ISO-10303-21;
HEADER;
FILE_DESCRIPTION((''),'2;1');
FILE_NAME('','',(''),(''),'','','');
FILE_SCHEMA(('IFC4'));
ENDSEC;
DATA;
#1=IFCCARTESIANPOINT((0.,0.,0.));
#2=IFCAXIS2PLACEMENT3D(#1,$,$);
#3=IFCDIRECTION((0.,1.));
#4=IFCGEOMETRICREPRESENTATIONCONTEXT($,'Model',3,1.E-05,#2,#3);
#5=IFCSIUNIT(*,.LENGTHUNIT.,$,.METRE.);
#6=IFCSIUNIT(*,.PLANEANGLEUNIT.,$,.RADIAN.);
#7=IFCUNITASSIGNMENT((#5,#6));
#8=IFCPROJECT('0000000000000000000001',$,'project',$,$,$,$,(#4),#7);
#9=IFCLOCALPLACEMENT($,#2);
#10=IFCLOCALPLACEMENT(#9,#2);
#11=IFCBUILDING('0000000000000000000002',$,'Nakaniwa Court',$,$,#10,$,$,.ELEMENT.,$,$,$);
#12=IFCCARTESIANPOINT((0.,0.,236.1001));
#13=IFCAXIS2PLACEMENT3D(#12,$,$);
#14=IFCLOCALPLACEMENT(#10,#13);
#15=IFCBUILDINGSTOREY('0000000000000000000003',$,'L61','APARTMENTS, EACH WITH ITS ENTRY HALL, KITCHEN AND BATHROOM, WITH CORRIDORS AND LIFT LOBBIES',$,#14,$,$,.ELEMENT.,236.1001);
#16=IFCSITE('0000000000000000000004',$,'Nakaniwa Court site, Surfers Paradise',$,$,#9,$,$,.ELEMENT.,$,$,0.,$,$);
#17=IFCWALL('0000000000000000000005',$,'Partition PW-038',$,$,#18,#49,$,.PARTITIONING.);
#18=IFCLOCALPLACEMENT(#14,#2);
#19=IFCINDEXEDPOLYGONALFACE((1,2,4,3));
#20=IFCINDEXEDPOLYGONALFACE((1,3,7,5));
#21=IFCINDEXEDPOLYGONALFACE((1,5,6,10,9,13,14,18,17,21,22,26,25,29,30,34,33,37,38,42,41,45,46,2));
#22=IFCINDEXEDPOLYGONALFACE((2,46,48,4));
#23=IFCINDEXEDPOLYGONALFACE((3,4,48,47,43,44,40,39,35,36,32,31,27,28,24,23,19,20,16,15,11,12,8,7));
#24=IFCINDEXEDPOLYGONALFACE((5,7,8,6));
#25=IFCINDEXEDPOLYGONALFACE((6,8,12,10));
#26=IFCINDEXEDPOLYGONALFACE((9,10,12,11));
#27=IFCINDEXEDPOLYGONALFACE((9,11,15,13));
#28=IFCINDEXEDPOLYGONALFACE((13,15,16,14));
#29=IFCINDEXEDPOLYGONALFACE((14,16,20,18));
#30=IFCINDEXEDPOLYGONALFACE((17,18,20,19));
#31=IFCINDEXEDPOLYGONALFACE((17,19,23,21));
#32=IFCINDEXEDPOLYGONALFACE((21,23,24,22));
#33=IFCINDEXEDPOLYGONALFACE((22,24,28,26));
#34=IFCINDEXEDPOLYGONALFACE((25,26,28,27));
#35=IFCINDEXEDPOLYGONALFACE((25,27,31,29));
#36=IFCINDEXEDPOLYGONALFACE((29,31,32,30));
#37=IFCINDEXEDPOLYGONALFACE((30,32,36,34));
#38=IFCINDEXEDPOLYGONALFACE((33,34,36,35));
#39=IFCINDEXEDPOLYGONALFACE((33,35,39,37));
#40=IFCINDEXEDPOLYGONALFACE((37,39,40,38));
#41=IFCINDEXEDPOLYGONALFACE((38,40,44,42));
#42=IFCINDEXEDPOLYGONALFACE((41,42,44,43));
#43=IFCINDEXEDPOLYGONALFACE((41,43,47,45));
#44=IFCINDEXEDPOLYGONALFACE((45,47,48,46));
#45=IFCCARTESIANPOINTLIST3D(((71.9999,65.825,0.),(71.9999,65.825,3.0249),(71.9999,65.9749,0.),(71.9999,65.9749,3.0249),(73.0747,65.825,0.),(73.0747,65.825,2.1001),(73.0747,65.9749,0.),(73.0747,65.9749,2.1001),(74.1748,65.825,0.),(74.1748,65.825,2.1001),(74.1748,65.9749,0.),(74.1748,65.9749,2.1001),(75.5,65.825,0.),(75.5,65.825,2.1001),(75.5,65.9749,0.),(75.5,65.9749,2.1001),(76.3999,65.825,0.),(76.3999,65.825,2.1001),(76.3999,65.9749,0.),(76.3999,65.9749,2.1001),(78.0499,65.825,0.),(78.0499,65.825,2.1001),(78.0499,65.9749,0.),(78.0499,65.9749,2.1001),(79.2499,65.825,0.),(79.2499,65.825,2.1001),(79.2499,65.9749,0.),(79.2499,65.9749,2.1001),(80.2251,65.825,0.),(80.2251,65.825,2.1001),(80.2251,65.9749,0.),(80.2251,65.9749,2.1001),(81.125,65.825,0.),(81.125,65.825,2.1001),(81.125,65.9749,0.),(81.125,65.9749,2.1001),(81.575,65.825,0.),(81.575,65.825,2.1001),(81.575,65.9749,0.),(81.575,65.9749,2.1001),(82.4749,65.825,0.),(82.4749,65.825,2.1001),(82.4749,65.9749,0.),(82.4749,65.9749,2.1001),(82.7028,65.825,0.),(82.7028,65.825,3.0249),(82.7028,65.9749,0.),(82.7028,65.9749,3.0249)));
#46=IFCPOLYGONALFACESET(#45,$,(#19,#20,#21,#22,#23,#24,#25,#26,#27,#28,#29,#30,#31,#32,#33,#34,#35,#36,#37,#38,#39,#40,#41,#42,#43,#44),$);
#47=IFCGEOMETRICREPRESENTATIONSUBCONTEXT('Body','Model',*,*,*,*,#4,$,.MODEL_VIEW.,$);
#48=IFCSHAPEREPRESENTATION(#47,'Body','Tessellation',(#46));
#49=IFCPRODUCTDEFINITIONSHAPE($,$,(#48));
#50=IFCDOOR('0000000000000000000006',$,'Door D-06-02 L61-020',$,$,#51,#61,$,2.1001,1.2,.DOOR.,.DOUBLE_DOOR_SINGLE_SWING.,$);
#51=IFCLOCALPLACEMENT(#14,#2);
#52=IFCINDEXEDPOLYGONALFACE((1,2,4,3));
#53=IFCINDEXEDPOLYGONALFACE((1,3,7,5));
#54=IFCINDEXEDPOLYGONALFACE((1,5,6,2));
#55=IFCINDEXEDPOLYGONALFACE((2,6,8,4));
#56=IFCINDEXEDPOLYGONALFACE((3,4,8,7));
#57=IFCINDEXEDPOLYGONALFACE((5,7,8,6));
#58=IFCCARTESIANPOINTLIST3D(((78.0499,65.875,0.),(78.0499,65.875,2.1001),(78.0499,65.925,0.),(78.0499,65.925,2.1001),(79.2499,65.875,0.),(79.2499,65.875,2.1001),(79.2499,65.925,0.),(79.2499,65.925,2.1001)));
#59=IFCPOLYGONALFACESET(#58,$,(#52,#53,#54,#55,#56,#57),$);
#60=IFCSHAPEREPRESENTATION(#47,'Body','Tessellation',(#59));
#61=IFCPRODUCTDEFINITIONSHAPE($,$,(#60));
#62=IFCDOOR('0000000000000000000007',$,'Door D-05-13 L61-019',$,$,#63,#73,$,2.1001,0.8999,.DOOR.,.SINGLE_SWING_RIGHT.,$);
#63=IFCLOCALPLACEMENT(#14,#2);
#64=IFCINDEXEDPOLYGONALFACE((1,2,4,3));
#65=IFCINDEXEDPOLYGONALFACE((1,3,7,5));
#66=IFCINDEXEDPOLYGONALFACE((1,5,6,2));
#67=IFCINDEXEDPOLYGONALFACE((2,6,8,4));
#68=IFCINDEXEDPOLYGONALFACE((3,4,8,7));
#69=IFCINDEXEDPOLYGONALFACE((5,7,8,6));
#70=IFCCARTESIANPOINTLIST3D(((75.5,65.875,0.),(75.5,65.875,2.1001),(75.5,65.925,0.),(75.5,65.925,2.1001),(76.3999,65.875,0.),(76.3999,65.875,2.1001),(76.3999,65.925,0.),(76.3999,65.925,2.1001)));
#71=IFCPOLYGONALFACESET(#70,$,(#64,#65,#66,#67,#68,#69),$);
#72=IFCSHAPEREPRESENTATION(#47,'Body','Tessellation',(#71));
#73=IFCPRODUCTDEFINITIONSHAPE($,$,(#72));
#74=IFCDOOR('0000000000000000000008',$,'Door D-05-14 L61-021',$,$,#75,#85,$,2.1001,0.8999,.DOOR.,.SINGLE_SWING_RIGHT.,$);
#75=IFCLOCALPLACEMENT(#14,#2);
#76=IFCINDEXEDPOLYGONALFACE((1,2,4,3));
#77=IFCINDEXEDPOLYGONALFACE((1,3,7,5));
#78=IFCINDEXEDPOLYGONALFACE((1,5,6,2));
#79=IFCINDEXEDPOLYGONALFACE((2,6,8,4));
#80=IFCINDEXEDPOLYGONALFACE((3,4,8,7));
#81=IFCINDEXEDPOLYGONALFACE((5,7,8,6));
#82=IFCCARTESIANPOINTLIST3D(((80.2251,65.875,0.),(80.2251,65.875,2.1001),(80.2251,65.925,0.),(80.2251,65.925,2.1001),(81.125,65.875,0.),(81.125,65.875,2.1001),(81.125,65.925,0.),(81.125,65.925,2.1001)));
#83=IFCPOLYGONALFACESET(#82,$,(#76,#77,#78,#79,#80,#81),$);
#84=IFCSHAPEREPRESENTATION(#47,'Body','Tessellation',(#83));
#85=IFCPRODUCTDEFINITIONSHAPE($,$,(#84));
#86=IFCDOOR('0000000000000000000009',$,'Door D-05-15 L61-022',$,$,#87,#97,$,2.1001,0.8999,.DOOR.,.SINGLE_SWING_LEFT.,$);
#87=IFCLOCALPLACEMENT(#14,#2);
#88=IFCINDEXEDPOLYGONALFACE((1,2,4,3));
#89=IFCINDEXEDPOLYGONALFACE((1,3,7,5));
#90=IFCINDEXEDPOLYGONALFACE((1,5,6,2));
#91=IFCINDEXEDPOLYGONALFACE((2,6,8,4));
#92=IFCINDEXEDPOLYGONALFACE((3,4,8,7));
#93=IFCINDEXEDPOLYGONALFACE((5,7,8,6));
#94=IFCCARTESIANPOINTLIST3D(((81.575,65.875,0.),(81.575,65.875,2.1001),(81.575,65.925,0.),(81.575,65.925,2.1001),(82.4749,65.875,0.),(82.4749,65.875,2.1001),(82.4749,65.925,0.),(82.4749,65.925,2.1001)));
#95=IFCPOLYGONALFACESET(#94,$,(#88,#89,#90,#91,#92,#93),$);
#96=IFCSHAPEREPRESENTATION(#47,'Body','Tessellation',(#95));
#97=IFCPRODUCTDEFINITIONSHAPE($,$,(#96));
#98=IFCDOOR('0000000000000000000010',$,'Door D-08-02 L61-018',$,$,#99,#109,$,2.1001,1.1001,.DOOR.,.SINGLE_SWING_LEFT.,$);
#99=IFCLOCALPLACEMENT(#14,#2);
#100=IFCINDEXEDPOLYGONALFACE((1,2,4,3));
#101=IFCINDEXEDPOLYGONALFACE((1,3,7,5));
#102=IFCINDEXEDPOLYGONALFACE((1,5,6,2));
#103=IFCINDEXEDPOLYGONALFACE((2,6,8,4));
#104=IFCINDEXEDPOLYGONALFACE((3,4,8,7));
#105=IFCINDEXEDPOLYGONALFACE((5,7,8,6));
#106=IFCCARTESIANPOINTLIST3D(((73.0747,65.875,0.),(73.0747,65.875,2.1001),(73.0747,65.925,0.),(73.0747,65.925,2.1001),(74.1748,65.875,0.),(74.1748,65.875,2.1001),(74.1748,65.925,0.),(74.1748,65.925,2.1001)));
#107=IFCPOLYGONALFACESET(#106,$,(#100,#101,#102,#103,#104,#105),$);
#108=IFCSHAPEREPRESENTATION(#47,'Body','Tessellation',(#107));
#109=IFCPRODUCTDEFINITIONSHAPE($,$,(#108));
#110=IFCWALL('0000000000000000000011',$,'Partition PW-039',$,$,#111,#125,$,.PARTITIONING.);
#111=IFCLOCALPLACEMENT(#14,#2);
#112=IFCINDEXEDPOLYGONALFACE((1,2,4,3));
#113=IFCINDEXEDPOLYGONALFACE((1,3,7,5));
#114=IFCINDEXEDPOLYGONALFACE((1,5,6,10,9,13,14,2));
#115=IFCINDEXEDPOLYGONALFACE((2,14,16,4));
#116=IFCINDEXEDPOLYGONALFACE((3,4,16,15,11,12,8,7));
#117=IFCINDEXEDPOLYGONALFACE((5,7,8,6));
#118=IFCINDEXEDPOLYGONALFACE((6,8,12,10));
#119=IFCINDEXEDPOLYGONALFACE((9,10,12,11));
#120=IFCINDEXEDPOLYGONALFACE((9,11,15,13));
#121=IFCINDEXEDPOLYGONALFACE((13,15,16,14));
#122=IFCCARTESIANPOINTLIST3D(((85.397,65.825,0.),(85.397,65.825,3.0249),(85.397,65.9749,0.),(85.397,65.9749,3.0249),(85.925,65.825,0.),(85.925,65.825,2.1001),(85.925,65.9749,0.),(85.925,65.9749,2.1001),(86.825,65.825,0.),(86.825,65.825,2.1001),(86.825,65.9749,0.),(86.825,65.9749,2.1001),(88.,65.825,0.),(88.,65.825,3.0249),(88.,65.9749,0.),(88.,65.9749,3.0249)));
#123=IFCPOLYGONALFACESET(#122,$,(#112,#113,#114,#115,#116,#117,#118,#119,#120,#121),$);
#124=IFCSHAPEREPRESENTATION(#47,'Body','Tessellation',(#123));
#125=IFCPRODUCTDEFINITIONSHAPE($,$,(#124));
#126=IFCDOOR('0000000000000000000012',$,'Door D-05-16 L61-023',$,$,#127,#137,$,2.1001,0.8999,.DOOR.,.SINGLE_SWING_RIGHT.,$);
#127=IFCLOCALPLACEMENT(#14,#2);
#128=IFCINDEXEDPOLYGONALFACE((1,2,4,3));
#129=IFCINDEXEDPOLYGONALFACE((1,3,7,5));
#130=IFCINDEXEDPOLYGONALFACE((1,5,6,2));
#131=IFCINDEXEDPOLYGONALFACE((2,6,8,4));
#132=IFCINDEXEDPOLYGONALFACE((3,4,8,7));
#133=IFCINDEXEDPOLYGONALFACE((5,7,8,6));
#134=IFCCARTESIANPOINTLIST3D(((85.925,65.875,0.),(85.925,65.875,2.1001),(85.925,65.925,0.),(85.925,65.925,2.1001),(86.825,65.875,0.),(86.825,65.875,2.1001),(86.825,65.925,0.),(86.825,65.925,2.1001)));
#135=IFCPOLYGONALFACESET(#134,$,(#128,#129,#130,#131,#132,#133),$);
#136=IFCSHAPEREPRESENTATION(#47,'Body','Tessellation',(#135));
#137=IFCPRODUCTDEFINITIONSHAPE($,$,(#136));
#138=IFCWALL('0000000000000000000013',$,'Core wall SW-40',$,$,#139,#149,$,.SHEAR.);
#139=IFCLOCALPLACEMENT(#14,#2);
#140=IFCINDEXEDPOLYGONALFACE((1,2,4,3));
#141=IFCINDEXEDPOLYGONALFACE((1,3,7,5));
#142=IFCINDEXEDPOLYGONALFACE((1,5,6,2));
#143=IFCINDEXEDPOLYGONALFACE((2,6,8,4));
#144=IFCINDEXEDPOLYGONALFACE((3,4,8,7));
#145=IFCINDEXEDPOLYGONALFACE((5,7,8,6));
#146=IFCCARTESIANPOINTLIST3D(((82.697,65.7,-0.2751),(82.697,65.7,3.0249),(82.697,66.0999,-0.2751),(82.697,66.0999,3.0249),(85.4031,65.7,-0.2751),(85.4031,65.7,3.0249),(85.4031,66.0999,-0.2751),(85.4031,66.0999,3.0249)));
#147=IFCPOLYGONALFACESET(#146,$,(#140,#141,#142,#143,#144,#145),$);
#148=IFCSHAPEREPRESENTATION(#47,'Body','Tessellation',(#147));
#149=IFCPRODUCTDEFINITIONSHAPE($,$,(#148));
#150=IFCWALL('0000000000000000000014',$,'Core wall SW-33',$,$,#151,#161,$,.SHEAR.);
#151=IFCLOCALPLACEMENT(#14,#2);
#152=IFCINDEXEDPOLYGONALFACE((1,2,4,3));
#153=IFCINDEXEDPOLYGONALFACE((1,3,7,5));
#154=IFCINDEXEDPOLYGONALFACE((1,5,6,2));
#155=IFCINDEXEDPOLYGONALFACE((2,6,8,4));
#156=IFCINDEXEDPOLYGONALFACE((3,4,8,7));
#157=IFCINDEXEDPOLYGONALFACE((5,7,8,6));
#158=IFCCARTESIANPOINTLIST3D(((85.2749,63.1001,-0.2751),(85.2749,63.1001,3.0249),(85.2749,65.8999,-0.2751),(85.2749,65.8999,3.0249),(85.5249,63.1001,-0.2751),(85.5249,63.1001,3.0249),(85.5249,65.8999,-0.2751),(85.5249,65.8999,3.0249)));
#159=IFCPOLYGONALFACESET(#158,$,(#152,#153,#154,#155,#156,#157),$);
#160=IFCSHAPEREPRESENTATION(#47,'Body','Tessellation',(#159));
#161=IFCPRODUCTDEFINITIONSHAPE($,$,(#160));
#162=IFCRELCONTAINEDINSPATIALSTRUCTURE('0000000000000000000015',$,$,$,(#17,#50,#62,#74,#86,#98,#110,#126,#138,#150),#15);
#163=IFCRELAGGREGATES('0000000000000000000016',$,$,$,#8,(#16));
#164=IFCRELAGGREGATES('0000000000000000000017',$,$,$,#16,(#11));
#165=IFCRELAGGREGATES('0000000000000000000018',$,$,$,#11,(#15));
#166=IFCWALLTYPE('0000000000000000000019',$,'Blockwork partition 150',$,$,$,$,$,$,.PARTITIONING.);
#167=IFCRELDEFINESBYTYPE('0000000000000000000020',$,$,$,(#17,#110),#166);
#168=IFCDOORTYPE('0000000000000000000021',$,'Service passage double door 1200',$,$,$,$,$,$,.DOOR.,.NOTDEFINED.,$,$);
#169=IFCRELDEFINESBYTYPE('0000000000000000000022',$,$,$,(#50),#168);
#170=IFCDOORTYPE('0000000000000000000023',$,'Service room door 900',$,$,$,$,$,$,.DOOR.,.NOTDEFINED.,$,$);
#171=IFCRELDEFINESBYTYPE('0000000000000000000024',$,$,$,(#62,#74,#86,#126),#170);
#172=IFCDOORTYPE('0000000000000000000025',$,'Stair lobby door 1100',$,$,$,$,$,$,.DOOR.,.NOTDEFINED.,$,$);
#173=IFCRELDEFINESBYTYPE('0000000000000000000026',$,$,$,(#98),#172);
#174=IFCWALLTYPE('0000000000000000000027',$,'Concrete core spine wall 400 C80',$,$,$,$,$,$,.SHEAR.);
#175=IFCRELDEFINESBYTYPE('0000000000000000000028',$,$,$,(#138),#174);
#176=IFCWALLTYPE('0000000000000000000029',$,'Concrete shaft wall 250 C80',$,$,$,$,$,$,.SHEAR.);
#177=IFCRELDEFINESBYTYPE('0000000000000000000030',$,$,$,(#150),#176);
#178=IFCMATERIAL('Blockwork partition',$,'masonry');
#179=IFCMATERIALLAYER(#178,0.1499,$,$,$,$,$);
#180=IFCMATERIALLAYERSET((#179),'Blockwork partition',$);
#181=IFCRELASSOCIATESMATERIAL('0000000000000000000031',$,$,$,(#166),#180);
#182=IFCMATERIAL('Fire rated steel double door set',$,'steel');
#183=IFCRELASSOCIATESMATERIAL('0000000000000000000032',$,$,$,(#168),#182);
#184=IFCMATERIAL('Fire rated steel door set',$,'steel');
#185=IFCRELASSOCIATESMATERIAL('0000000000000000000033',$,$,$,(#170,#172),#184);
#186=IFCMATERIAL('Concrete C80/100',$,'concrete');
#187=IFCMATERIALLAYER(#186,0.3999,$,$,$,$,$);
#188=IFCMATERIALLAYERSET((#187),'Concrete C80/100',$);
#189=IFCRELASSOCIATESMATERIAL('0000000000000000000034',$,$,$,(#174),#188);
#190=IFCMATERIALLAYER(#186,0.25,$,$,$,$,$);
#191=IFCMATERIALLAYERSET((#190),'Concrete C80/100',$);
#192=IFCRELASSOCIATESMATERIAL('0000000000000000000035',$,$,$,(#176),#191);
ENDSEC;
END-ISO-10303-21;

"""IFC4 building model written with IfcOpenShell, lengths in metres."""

from ifc_helpers import new_model, si_unit, direction, frame, frame_2d, origin, place, context, subcontext, project, spatial, rectangle, extrude, material, layer, layer_set, type_object, element, fill, save


model = new_model("IFC4")

# Units and contexts
model_context = context("Model", 3, precision=1e-05, world=origin(), true_north=direction((0.0, 1.0)))
body_context = subcontext(model_context, "Body", "Model", "MODEL_VIEW")
ifc_project = project(units=[si_unit("LENGTHUNIT", "METRE"), si_unit("PLANEANGLEUNIT", "RADIAN")], contexts=[model_context])

# Site, building, storey
site_placement = place(None, origin())
site = spatial("IfcSite", under=ifc_project, at=site_placement, Name="Nakaniwa Court site, Surfers Paradise", CompositionType="ELEMENT", RefElevation=0.0)
building_placement = place(site_placement, origin())
building = spatial("IfcBuilding", under=site, at=building_placement, Name="Nakaniwa Court", CompositionType="ELEMENT")
storey_placement = place(building_placement, frame((0.0, 0.0, 236.1001)))
storey = spatial("IfcBuildingStorey", under=building, at=storey_placement, Name="L61", Description="APARTMENTS, EACH WITH ITS ENTRY HALL, KITCHEN AND BATHROOM, WITH CORRIDORS AND LIFT LOBBIES", CompositionType="ELEMENT", Elevation=236.1001)

# Shared definitions
ifc_material_1 = material(Name="Concrete C80/100", Category="concrete")

# Shared definitions
ifc_material_2 = material(Name="Blockwork partition", Category="masonry")
ifc_layer_1 = layer(ifc_material_2, 0.1499)
ifc_layer_set_1 = layer_set([ifc_layer_1], Name="Blockwork partition")
wall_type_1 = type_object("IfcWallType", Name="Blockwork partition 150", PredefinedType="PARTITIONING", material=ifc_layer_set_1)

# Wall, openings, doors
wall_1_placement = place(storey_placement, frame((82.7029, 65.8999, 0.0), z_axis=(0.0, 0.0, 1.0), x_axis=(-1.0, 0.0, 0.0)))
wall_1 = element("IfcWall", 1, at=wall_1_placement, inside=storey, type_object=wall_type_1, Name="Partition PW-038", PredefinedType="PARTITIONING", context=body_context, shape_type="SweptSolid", body=[
    extrude(rectangle(XDim=10.7029, YDim=0.1499, at=frame_2d((5.3516, 0.0))), origin(), (0.0, 0.0, 1.0), 3.0249),
])
opening_1_placement = place(wall_1_placement, frame((8.5281, 0.0, 0.0)))
opening_1 = element("IfcOpeningElement", 2, at=opening_1_placement, cuts=wall_1, PredefinedType="OPENING", context=body_context, shape_type="SweptSolid", body=[
    extrude(rectangle(XDim=1.1001, YDim=2.1001, at=frame_2d((0.55, 1.05))), frame((0.0, 0.085, 0.0), z_axis=(0.0, -1.0, 0.0), x_axis=(1.0, 0.0, 0.0)), (0.0, 0.0, 1.0), 0.1699),
])
opening_2_placement = place(wall_1_placement, frame((6.303, 0.0, 0.0)))
opening_2 = element("IfcOpeningElement", 3, at=opening_2_placement, cuts=wall_1, PredefinedType="OPENING", context=body_context, shape_type="SweptSolid", body=[
    extrude(rectangle(XDim=0.8999, YDim=2.1001, at=frame_2d((0.45, 1.05))), frame((0.0, 0.085, 0.0), z_axis=(0.0, -1.0, 0.0), x_axis=(1.0, 0.0, 0.0)), (0.0, 0.0, 1.0), 0.1699),
])
opening_3_placement = place(wall_1_placement, frame((3.4529, 0.0, 0.0)))
opening_3 = element("IfcOpeningElement", 4, at=opening_3_placement, cuts=wall_1, PredefinedType="OPENING", context=body_context, shape_type="SweptSolid", body=[
    extrude(rectangle(XDim=1.2, YDim=2.1001, at=frame_2d((0.6001, 1.05))), frame((0.0, 0.085, 0.0), z_axis=(0.0, -1.0, 0.0), x_axis=(1.0, 0.0, 0.0)), (0.0, 0.0, 1.0), 0.1699),
])
opening_4_placement = place(wall_1_placement, frame((1.5779, 0.0, 0.0)))
opening_4 = element("IfcOpeningElement", 5, at=opening_4_placement, cuts=wall_1, PredefinedType="OPENING", context=body_context, shape_type="SweptSolid", body=[
    extrude(rectangle(XDim=0.8999, YDim=2.1001, at=frame_2d((0.45, 1.05))), frame((0.0, 0.085, 0.0), z_axis=(0.0, -1.0, 0.0), x_axis=(1.0, 0.0, 0.0)), (0.0, 0.0, 1.0), 0.1699),
])
opening_5_placement = place(wall_1_placement, frame((0.228, 0.0, 0.0)))
opening_5 = element("IfcOpeningElement", 6, at=opening_5_placement, cuts=wall_1, PredefinedType="OPENING", context=body_context, shape_type="SweptSolid", body=[
    extrude(rectangle(XDim=0.8999, YDim=2.1001, at=frame_2d((0.45, 1.05))), frame((0.0, 0.085, 0.0), z_axis=(0.0, -1.0, 0.0), x_axis=(1.0, 0.0, 0.0)), (0.0, 0.0, 1.0), 0.1699),
])
ifc_material_3 = material(Name="Fire rated steel double door set", Category="steel")
door_type_1 = type_object("IfcDoorType", Name="Service passage double door 1200", OperationType="NOTDEFINED", PredefinedType="DOOR", material=ifc_material_3)
door_1_placement = place(opening_3_placement, origin())
door_1 = element("IfcDoor", 7, at=door_1_placement, inside=storey, type_object=door_type_1, Name="Door D-06-02 L61-020", OperationType="DOUBLE_DOOR_SINGLE_SWING", OverallHeight=2.1001, OverallWidth=1.2, PredefinedType="DOOR", context=body_context, shape_type="SweptSolid", body=[
    extrude(rectangle(XDim=1.2, YDim=2.1001, at=frame_2d((0.6001, 1.05))), frame((0.0, 0.0249, 0.0), z_axis=(0.0, -1.0, 0.0), x_axis=(1.0, 0.0, 0.0)), (0.0, 0.0, 1.0), 0.05),
])
fill(opening_3, door_1)
ifc_material_4 = material(Name="Fire rated steel door set", Category="steel")
door_type_2 = type_object("IfcDoorType", Name="Service room door 900", OperationType="NOTDEFINED", PredefinedType="DOOR", material=ifc_material_4)
door_2_placement = place(opening_2_placement, origin())
door_2 = element("IfcDoor", 8, at=door_2_placement, inside=storey, type_object=door_type_2, Name="Door D-05-13 L61-019", OperationType="SINGLE_SWING_RIGHT", OverallHeight=2.1001, OverallWidth=0.8999, PredefinedType="DOOR", context=body_context, shape_type="SweptSolid", body=[
    extrude(rectangle(XDim=0.8999, YDim=2.1001, at=frame_2d((0.45, 1.05))), frame((0.0, 0.0249, 0.0), z_axis=(0.0, -1.0, 0.0), x_axis=(1.0, 0.0, 0.0)), (0.0, 0.0, 1.0), 0.05),
])
fill(opening_2, door_2)
door_3_placement = place(opening_4_placement, origin())
door_3 = element("IfcDoor", 9, at=door_3_placement, inside=storey, type_object=door_type_2, Name="Door D-05-14 L61-021", OperationType="SINGLE_SWING_RIGHT", OverallHeight=2.1001, OverallWidth=0.8999, PredefinedType="DOOR", context=body_context, shape_type="SweptSolid", body=[
    extrude(rectangle(XDim=0.8999, YDim=2.1001, at=frame_2d((0.45, 1.05))), frame((0.0, 0.0249, 0.0), z_axis=(0.0, -1.0, 0.0), x_axis=(1.0, 0.0, 0.0)), (0.0, 0.0, 1.0), 0.05),
])
fill(opening_4, door_3)
door_4_placement = place(opening_5_placement, origin())
door_4 = element("IfcDoor", 10, at=door_4_placement, inside=storey, type_object=door_type_2, Name="Door D-05-15 L61-022", OperationType="SINGLE_SWING_LEFT", OverallHeight=2.1001, OverallWidth=0.8999, PredefinedType="DOOR", context=body_context, shape_type="SweptSolid", body=[
    extrude(rectangle(XDim=0.8999, YDim=2.1001, at=frame_2d((0.45, 1.05))), frame((0.0, 0.0249, 0.0), z_axis=(0.0, -1.0, 0.0), x_axis=(1.0, 0.0, 0.0)), (0.0, 0.0, 1.0), 0.05),
])
fill(opening_5, door_4)
door_type_3 = type_object("IfcDoorType", Name="Stair lobby door 1100", OperationType="NOTDEFINED", PredefinedType="DOOR", material=ifc_material_4)
door_5_placement = place(opening_1_placement, origin())
door_5 = element("IfcDoor", 11, at=door_5_placement, inside=storey, type_object=door_type_3, Name="Door D-08-02 L61-018", OperationType="SINGLE_SWING_LEFT", OverallHeight=2.1001, OverallWidth=1.1001, PredefinedType="DOOR", context=body_context, shape_type="SweptSolid", body=[
    extrude(rectangle(XDim=1.1001, YDim=2.1001, at=frame_2d((0.55, 1.05))), frame((0.0, 0.0249, 0.0), z_axis=(0.0, -1.0, 0.0), x_axis=(1.0, 0.0, 0.0)), (0.0, 0.0, 1.0), 0.05),
])
fill(opening_1, door_5)

# Wall, opening, door
wall_2_placement = place(storey_placement, frame((88.0, 65.8999, 0.0), z_axis=(0.0, 0.0, 1.0), x_axis=(-1.0, 0.0, 0.0)))
wall_2 = element("IfcWall", 12, at=wall_2_placement, inside=storey, type_object=wall_type_1, Name="Partition PW-039", PredefinedType="PARTITIONING", context=body_context, shape_type="SweptSolid", body=[
    extrude(rectangle(XDim=2.603, YDim=0.1499, at=frame_2d((1.3015, 0.0))), origin(), (0.0, 0.0, 1.0), 3.0249),
])
opening_6_placement = place(wall_2_placement, frame((1.175, 0.0, 0.0)))
opening_6 = element("IfcOpeningElement", 13, at=opening_6_placement, cuts=wall_2, PredefinedType="OPENING", context=body_context, shape_type="SweptSolid", body=[
    extrude(rectangle(XDim=0.8999, YDim=2.1001, at=frame_2d((0.45, 1.05))), frame((0.0, 0.085, 0.0), z_axis=(0.0, -1.0, 0.0), x_axis=(1.0, 0.0, 0.0)), (0.0, 0.0, 1.0), 0.1699),
])
door_6_placement = place(opening_6_placement, origin())
door_6 = element("IfcDoor", 14, at=door_6_placement, inside=storey, type_object=door_type_2, Name="Door D-05-16 L61-023", OperationType="SINGLE_SWING_RIGHT", OverallHeight=2.1001, OverallWidth=0.8999, PredefinedType="DOOR", context=body_context, shape_type="SweptSolid", body=[
    extrude(rectangle(XDim=0.8999, YDim=2.1001, at=frame_2d((0.45, 1.05))), frame((0.0, 0.0249, 0.0), z_axis=(0.0, -1.0, 0.0), x_axis=(1.0, 0.0, 0.0)), (0.0, 0.0, 1.0), 0.05),
])
fill(opening_6, door_6)

# Walls
ifc_layer_2 = layer(ifc_material_1, 0.3999)
ifc_layer_set_2 = layer_set([ifc_layer_2], Name="Concrete C80/100")
wall_type_2 = type_object("IfcWallType", Name="Concrete core spine wall 400 C80", PredefinedType="SHEAR", material=ifc_layer_set_2)
wall_3_placement = place(storey_placement, frame((82.697, 65.8999, -0.2751), z_axis=(0.0, 0.0, 1.0), x_axis=(1.0, 0.0, 0.0)))
element("IfcWall", 15, at=wall_3_placement, inside=storey, type_object=wall_type_2, Name="Core wall SW-40", PredefinedType="SHEAR", context=body_context, shape_type="SweptSolid", body=[
    extrude(rectangle(XDim=2.7061, YDim=0.3999, at=frame_2d((1.353, 0.0))), origin(), (0.0, 0.0, 1.0), 3.3),
])
ifc_layer_3 = layer(ifc_material_1, 0.25)
ifc_layer_set_3 = layer_set([ifc_layer_3], Name="Concrete C80/100")
wall_type_3 = type_object("IfcWallType", Name="Concrete shaft wall 250 C80", PredefinedType="SHEAR", material=ifc_layer_set_3)
wall_4_placement = place(storey_placement, frame((85.3999, 63.1001, -0.2751), z_axis=(0.0, 0.0, 1.0), x_axis=(0.0, 1.0, 0.0)))
element("IfcWall", 16, at=wall_4_placement, inside=storey, type_object=wall_type_3, Name="Core wall SW-33", PredefinedType="SHEAR", context=body_context, shape_type="SweptSolid", body=[
    extrude(rectangle(XDim=2.7998, YDim=0.25, at=frame_2d((1.3999, 0.0))), origin(), (0.0, 0.0, 1.0), 3.3),
])

save(model, "model.ifc")
